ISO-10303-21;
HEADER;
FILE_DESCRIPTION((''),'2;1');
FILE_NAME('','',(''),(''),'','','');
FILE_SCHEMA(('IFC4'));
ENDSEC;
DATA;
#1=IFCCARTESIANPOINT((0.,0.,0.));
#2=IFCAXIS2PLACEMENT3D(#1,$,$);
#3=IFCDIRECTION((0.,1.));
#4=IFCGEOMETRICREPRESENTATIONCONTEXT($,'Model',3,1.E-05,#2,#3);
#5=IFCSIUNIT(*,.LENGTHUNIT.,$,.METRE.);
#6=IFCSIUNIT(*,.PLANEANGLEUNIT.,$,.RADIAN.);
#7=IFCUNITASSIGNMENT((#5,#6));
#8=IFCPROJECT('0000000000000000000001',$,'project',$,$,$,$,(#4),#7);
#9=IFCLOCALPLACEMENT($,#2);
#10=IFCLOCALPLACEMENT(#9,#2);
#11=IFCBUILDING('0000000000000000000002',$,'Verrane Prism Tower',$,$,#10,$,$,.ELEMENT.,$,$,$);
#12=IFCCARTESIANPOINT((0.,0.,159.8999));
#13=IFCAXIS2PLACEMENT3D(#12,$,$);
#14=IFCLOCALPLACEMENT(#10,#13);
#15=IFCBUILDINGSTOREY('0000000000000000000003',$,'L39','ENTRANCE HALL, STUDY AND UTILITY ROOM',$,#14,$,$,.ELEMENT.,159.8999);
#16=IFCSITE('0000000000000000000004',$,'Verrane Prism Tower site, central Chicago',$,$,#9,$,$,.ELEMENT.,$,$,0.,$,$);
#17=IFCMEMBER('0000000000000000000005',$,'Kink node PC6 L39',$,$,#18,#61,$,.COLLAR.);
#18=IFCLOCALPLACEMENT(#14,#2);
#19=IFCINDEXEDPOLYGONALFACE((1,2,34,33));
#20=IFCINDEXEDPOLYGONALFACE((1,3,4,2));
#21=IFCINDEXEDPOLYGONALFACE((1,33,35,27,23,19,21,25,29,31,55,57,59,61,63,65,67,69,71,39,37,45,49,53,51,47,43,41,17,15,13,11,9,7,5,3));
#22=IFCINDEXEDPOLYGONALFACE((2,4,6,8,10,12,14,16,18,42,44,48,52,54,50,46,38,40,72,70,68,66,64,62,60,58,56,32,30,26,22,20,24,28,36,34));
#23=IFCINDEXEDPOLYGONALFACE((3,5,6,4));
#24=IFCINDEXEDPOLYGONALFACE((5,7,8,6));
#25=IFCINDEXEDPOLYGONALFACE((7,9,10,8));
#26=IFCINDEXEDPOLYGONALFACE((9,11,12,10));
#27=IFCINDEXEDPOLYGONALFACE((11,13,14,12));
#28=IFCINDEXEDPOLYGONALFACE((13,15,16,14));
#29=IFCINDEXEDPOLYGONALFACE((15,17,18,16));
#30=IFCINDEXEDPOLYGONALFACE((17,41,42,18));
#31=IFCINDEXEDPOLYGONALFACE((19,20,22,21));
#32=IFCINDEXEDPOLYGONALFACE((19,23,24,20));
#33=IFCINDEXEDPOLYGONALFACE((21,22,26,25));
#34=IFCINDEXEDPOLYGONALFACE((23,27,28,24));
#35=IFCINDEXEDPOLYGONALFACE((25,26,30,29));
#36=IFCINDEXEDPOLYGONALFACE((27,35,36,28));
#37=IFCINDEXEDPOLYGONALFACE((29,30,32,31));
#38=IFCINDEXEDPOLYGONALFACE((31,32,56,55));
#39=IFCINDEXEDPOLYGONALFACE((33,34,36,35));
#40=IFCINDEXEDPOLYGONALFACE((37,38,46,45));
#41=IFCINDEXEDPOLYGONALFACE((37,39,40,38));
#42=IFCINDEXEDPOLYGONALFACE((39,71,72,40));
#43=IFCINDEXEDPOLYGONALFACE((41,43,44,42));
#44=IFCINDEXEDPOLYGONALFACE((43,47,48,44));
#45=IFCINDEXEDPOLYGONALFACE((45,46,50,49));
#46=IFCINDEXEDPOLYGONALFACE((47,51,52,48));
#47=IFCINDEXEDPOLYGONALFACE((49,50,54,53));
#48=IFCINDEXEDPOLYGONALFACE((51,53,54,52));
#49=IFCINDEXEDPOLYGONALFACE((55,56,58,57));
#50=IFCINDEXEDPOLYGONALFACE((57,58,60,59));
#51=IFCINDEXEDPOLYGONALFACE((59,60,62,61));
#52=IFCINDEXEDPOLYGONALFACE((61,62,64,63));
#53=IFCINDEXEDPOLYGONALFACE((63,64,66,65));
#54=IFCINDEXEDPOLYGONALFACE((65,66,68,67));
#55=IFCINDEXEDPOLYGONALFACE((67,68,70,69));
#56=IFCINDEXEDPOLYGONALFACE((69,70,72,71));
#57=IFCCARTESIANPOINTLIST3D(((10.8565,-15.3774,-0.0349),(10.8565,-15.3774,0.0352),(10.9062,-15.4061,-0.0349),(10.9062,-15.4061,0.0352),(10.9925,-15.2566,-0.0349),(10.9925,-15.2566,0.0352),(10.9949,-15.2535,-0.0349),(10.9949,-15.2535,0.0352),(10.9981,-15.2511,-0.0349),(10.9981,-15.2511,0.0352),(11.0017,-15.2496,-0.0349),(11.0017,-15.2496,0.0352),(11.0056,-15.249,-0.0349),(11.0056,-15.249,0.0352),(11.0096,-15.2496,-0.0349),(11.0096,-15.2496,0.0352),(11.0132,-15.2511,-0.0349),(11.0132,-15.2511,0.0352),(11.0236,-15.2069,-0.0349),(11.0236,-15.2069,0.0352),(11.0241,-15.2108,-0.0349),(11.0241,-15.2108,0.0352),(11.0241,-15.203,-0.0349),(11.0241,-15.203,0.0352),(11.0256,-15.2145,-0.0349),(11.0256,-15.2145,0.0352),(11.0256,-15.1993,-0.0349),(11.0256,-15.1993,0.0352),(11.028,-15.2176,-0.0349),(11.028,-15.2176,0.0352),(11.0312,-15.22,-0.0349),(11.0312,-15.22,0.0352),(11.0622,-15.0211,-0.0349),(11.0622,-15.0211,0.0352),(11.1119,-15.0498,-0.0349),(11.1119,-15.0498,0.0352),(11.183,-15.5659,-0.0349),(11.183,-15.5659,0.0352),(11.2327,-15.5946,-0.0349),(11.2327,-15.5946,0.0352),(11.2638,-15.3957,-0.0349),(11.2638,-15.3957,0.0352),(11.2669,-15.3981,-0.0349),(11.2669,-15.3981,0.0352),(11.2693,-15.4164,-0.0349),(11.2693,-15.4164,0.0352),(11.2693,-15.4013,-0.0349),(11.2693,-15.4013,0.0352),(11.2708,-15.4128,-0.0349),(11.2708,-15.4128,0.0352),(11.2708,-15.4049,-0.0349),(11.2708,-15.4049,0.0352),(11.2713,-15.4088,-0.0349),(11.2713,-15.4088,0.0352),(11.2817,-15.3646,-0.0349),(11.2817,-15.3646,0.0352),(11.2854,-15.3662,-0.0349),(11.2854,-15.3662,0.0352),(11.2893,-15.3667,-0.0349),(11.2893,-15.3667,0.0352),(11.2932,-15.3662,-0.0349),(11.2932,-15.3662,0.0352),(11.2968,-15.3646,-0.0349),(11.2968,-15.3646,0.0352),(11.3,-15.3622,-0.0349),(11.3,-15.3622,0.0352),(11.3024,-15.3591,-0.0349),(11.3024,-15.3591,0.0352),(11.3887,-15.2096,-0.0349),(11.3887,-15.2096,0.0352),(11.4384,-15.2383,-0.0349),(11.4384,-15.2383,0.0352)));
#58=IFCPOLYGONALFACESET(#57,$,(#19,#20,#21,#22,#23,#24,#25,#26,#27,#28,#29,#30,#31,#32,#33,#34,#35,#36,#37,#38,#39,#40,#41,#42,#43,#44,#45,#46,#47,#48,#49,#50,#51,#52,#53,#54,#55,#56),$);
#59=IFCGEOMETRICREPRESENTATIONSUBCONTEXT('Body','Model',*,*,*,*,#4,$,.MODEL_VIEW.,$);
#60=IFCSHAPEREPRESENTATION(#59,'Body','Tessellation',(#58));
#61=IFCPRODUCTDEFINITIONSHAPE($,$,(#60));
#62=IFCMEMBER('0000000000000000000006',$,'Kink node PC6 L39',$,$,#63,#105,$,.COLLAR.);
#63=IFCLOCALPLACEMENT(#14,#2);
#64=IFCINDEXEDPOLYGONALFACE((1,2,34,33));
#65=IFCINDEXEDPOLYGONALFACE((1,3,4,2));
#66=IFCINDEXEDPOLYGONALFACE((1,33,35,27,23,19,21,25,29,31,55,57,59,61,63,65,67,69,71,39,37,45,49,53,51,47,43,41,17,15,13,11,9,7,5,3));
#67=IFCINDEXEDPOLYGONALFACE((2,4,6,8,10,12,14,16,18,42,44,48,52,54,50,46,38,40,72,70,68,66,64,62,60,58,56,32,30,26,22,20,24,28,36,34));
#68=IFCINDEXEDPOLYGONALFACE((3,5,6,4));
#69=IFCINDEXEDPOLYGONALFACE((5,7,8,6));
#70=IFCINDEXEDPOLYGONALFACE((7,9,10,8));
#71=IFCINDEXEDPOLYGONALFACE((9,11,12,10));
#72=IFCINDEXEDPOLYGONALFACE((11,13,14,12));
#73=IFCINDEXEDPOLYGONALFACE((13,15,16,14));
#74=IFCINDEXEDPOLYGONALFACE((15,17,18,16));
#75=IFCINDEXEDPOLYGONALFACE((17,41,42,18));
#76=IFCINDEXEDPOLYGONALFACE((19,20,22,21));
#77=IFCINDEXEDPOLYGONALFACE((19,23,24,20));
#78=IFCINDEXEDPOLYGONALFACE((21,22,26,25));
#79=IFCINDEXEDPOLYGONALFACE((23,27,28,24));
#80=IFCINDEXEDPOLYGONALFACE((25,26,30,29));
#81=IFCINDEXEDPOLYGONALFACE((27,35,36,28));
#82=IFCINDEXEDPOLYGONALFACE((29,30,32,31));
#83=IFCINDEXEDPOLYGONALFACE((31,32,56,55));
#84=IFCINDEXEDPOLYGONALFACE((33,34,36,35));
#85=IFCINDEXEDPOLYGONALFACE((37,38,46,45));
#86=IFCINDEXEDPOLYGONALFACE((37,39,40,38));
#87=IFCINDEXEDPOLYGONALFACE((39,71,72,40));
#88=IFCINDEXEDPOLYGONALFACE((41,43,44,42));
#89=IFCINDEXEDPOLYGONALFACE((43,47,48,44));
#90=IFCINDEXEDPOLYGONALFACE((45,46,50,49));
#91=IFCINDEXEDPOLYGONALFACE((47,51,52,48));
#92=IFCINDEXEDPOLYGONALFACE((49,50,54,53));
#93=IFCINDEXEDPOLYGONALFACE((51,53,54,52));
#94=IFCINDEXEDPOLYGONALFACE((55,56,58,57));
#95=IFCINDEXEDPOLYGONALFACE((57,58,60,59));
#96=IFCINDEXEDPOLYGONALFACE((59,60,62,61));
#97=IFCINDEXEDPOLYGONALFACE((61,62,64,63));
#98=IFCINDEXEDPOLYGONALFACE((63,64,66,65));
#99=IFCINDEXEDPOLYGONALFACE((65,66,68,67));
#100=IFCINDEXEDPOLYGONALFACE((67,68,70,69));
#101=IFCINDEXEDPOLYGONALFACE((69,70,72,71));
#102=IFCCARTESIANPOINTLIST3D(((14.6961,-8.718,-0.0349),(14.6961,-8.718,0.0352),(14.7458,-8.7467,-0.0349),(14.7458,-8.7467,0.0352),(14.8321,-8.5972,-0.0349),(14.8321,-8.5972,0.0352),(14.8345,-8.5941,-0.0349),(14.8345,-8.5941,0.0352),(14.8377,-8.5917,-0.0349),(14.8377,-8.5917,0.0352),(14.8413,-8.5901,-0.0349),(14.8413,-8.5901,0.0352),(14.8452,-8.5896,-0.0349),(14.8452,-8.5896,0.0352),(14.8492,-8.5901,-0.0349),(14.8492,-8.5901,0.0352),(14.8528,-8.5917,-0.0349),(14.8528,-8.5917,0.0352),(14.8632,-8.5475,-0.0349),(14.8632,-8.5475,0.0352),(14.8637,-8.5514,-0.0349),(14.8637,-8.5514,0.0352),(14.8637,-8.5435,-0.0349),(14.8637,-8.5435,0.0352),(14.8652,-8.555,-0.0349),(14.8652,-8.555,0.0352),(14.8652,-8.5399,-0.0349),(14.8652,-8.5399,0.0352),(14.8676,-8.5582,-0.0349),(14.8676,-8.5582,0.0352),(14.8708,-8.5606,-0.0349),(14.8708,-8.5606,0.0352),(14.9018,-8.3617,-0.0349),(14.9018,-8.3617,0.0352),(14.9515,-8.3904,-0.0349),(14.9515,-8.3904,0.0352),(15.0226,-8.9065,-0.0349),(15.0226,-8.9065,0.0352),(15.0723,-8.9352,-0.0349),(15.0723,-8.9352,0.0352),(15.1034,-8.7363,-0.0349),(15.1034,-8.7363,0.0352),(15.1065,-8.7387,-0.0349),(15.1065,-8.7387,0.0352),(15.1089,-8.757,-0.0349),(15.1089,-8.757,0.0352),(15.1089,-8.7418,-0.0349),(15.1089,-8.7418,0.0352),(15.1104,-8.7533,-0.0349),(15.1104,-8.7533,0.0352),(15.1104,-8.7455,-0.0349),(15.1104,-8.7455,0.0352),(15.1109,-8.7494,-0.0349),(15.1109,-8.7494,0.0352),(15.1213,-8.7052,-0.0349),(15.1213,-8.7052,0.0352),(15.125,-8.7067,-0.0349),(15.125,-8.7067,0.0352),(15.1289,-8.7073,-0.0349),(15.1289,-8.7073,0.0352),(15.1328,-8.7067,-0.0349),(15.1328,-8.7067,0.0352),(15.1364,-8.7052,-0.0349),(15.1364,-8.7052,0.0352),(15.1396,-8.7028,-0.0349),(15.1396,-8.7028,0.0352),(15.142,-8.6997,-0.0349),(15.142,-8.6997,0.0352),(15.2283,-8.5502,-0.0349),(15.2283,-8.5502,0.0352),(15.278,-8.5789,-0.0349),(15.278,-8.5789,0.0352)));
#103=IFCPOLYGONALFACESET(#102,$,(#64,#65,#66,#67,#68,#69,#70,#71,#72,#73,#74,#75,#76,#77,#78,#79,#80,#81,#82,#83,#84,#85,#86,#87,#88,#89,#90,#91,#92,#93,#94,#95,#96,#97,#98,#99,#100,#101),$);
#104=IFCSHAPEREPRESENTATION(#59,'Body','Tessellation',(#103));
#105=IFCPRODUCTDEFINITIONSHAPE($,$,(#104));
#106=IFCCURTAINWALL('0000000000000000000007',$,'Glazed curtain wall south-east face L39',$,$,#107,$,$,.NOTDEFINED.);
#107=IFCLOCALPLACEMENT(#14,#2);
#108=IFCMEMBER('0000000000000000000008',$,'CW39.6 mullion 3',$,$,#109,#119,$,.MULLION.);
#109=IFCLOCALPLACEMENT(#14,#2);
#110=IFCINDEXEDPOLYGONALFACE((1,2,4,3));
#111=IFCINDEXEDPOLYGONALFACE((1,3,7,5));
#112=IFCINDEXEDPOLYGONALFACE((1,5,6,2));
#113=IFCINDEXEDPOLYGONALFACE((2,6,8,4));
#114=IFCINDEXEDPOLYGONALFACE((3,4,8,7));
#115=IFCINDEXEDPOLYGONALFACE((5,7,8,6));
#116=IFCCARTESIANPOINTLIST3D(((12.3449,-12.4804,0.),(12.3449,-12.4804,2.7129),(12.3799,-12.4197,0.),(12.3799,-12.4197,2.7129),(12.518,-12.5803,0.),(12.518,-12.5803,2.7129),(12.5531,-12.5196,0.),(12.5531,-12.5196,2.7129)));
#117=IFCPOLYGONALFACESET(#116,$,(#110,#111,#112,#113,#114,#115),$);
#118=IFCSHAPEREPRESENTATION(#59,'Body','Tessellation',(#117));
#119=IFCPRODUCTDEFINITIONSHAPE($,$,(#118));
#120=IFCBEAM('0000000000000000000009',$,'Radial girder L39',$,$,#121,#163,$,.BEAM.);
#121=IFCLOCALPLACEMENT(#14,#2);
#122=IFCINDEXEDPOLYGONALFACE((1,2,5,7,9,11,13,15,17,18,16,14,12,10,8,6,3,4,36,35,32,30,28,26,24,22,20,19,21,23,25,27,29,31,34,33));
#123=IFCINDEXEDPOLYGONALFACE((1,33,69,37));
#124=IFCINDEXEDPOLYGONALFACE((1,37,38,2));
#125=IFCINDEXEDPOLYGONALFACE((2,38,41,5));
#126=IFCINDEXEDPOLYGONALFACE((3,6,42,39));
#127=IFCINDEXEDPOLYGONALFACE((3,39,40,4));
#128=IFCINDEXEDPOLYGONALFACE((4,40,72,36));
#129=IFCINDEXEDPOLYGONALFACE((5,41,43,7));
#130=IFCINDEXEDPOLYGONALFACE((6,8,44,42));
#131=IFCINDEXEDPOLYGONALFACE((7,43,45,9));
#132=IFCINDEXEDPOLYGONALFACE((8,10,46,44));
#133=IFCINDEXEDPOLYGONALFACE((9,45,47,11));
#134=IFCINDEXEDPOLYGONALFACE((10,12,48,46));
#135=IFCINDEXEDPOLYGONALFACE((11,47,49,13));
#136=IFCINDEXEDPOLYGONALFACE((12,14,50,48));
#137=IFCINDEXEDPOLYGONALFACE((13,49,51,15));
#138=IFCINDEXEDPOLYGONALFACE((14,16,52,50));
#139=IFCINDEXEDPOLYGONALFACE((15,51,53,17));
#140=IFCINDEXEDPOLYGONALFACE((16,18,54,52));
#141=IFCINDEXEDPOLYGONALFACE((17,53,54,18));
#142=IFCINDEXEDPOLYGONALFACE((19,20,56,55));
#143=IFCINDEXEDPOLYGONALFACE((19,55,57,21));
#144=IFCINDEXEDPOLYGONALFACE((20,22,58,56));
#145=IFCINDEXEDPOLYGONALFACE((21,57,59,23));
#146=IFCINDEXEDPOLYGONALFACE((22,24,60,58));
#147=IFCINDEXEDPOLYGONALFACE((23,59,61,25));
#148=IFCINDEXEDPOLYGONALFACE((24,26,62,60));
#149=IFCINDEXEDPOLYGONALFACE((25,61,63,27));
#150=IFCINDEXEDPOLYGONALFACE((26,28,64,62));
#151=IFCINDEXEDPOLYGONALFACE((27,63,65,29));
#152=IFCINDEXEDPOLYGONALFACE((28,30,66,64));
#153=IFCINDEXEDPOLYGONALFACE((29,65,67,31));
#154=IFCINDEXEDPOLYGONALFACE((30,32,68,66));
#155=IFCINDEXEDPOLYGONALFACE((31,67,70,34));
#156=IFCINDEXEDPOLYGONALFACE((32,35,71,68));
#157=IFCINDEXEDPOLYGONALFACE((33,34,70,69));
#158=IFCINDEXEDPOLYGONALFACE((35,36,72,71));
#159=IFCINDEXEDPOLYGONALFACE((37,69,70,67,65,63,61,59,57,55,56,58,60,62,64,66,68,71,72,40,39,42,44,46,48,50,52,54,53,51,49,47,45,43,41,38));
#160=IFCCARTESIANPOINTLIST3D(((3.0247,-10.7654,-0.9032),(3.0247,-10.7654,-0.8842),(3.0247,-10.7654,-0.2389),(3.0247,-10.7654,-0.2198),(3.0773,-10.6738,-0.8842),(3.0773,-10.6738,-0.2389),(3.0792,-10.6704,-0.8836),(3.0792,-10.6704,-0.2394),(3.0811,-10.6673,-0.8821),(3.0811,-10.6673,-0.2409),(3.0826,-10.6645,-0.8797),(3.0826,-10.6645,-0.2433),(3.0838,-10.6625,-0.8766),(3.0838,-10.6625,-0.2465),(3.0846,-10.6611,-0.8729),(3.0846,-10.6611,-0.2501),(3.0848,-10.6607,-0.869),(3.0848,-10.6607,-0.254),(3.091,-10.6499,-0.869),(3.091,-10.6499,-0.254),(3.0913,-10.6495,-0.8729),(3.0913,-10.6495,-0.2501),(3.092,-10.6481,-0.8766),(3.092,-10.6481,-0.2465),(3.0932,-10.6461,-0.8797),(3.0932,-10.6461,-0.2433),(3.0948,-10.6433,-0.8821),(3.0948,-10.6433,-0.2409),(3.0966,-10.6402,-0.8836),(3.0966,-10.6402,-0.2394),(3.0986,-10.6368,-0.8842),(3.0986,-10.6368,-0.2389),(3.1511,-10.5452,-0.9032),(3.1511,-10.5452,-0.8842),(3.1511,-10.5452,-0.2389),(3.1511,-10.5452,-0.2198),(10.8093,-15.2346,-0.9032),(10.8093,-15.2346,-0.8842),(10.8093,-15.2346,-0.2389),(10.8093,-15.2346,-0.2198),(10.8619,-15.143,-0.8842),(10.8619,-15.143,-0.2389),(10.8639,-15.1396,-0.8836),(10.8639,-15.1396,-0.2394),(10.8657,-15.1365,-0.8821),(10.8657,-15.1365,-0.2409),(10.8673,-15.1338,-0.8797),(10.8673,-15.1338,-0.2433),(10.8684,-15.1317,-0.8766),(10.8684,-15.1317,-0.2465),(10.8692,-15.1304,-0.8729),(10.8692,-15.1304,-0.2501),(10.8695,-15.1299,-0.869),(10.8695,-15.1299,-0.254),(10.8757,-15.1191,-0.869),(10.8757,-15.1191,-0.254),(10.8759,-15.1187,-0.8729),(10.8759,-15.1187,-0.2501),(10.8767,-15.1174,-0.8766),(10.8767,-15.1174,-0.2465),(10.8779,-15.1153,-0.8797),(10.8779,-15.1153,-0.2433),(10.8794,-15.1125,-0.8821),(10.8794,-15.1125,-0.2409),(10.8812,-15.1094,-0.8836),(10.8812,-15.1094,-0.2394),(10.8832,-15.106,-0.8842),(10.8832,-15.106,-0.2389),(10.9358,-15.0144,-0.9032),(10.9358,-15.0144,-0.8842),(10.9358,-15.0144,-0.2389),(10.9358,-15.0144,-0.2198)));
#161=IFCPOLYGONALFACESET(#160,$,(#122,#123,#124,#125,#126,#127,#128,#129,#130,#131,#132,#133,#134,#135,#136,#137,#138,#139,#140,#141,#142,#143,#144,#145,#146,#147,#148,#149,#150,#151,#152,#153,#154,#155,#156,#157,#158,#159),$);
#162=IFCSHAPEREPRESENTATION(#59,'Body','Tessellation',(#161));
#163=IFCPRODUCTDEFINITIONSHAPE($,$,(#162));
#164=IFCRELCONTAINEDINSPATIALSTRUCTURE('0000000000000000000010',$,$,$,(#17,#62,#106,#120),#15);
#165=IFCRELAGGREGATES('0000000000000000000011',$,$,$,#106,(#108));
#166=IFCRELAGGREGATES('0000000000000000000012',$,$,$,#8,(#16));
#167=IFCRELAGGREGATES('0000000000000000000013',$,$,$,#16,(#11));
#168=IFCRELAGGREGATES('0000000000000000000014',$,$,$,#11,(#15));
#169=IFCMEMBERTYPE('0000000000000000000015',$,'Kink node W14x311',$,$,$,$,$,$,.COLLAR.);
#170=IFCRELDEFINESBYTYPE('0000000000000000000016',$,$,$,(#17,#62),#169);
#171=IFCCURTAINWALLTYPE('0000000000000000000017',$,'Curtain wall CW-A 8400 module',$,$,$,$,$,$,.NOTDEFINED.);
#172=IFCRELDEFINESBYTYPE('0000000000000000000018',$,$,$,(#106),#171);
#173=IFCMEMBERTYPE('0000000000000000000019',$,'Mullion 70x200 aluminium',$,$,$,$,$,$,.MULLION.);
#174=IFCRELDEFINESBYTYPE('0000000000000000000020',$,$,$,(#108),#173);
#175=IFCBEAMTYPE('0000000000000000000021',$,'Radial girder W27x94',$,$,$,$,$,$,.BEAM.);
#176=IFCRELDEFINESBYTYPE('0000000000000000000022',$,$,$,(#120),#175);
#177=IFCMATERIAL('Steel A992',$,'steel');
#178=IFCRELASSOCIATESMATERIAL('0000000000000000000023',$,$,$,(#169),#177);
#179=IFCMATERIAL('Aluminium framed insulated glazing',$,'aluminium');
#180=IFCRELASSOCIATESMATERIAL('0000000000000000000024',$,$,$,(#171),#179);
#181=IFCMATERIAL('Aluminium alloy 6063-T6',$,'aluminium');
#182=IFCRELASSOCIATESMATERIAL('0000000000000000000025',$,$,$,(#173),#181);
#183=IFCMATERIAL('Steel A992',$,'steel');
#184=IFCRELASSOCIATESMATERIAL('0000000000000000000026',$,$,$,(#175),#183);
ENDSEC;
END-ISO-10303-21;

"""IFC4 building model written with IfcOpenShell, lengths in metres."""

from ifc_helpers import new_model, si_unit, direction, frame, origin, origin_2d, place, context, subcontext, project, spatial, rectangle, i_section, extrude, material, material_profile, profile_set, type_object, element, aggregate, save


model = new_model("IFC4")

# Units and contexts
model_context = context("Model", 3, precision=1e-05, world=origin(), true_north=direction((0.0, 1.0)))
body_context = subcontext(model_context, "Body", "Model", "MODEL_VIEW")
ifc_project = project(units=[si_unit("LENGTHUNIT", "METRE"), si_unit("PLANEANGLEUNIT", "RADIAN")], contexts=[model_context])

# Site, building, storey
site_placement = place(None, origin())
site = spatial("IfcSite", under=ifc_project, at=site_placement, Name="Verrane Prism Tower site, central Chicago", CompositionType="ELEMENT", RefElevation=0.0)
building_placement = place(site_placement, origin())
building = spatial("IfcBuilding", under=site, at=building_placement, Name="Verrane Prism Tower", CompositionType="ELEMENT")
storey_placement = place(building_placement, frame((0.0, 0.0, 159.8999)))
storey = spatial("IfcBuildingStorey", under=building, at=storey_placement, Name="L39", Description="ENTRANCE HALL, STUDY AND UTILITY ROOM", CompositionType="ELEMENT", Elevation=159.8999)

# Members
ifc_material_1 = material(Name="Steel A992", Category="steel")
ifc_material_profile_1 = material_profile(ifc_material_1, i_section(OverallWidth=0.4114, OverallDepth=0.4343, WebThickness=0.0359, FlangeThickness=0.0574, FilletRadius=0.0151, at=origin_2d()), Name="W14x311")
ifc_profile_set_1 = profile_set([ifc_material_profile_1], Name="Steel A992")
member_type_1 = type_object("IfcMemberType", Name="Kink node W14x311", PredefinedType="COLLAR", material=ifc_profile_set_1)
for number, where, z_axis, x_axis, name in (
    (1, (11.1475, -15.3079, -0.0349), (0.0, 0.0, 1.0), (-0.5, -0.866025, 0.0), "Kink node PC6 L39"),
    (2, (14.9871, -8.6484, -0.0349), (0.0, 0.0, 1.0), (-0.5, -0.866025, 0.0), "Kink node PC6 L39"),
):
    element("IfcMember", number, at=place(storey_placement, frame(where, z_axis=z_axis, x_axis=x_axis)), inside=storey, type_object=member_type_1, Name=name, PredefinedType="COLLAR", context=body_context, shape_type="SweptSolid", body=[
        extrude(i_section(OverallWidth=0.4114, OverallDepth=0.4343, WebThickness=0.0359, FlangeThickness=0.0574, FilletRadius=0.0151, at=origin_2d()), origin(), (0.0, 0.0, 1.0), 0.0701),
    ])

# Curtain wall, member
ifc_material_2 = material(Name="Aluminium framed insulated glazing", Category="aluminium")
curtain_wall_type = type_object("IfcCurtainWallType", Name="Curtain wall CW-A 8400 module", PredefinedType="NOTDEFINED", material=ifc_material_2)
curtain_wall_placement = place(storey_placement, origin())
curtain_wall = element("IfcCurtainWall", 3, at=curtain_wall_placement, inside=storey, type_object=curtain_wall_type, Name="Glazed curtain wall south-east face L39", PredefinedType="NOTDEFINED")
ifc_material_3 = material(Name="Aluminium alloy 6063-T6", Category="aluminium")
ifc_material_profile_2 = material_profile(ifc_material_3, rectangle(XDim=0.2, YDim=0.0701, at=origin_2d()), Name="Mullion 70x200 aluminium")
ifc_profile_set_2 = profile_set([ifc_material_profile_2], Name="Aluminium alloy 6063-T6")
member_type_2 = type_object("IfcMemberType", Name="Mullion 70x200 aluminium", PredefinedType="MULLION", material=ifc_profile_set_2)
member_1_placement = place(storey_placement, frame((12.449, -12.5, 0.0), z_axis=(0.0, 0.0, 1.0), x_axis=(-0.866026, 0.499999, 0.0)))
member_1 = element("IfcMember", 4, at=member_1_placement, type_object=member_type_2, Name="CW39.6 mullion 3", PredefinedType="MULLION", context=body_context, shape_type="SweptSolid", body=[
    extrude(rectangle(XDim=0.2, YDim=0.0701, at=origin_2d()), origin(), (0.0, 0.0, 1.0), 2.7129),
])

# Beam
ifc_material_4 = material(Name="Steel A992", Category="steel")
ifc_material_profile_3 = material_profile(ifc_material_4, i_section(OverallWidth=0.2539, OverallDepth=0.6833, WebThickness=0.0125, FlangeThickness=0.019, FilletRadius=0.0151, at=origin_2d()), Name="W27x94")
ifc_profile_set_3 = profile_set([ifc_material_profile_3], Name="Steel A992")
beam_type_1 = type_object("IfcBeamType", Name="Radial girder W27x94", PredefinedType="BEAM", material=ifc_profile_set_3)
beam_1_placement = place(storey_placement, frame((10.8726, -15.1245, -0.5615), z_axis=(-0.86724, 0.497889, 0.0), x_axis=(-0.497889, -0.86724, 0.0)))
element("IfcBeam", 5, at=beam_1_placement, inside=storey, type_object=beam_type_1, Name="Radial girder L39", PredefinedType="BEAM", context=body_context, shape_type="SweptSolid", body=[
    extrude(i_section(OverallWidth=0.2539, OverallDepth=0.6833, WebThickness=0.0125, FlangeThickness=0.019, FilletRadius=0.0151, at=origin_2d()), origin(), (0.0, 0.0, 1.0), 8.9763),
])

aggregate(curtain_wall, [member_1])

save(model, "model.ifc")
